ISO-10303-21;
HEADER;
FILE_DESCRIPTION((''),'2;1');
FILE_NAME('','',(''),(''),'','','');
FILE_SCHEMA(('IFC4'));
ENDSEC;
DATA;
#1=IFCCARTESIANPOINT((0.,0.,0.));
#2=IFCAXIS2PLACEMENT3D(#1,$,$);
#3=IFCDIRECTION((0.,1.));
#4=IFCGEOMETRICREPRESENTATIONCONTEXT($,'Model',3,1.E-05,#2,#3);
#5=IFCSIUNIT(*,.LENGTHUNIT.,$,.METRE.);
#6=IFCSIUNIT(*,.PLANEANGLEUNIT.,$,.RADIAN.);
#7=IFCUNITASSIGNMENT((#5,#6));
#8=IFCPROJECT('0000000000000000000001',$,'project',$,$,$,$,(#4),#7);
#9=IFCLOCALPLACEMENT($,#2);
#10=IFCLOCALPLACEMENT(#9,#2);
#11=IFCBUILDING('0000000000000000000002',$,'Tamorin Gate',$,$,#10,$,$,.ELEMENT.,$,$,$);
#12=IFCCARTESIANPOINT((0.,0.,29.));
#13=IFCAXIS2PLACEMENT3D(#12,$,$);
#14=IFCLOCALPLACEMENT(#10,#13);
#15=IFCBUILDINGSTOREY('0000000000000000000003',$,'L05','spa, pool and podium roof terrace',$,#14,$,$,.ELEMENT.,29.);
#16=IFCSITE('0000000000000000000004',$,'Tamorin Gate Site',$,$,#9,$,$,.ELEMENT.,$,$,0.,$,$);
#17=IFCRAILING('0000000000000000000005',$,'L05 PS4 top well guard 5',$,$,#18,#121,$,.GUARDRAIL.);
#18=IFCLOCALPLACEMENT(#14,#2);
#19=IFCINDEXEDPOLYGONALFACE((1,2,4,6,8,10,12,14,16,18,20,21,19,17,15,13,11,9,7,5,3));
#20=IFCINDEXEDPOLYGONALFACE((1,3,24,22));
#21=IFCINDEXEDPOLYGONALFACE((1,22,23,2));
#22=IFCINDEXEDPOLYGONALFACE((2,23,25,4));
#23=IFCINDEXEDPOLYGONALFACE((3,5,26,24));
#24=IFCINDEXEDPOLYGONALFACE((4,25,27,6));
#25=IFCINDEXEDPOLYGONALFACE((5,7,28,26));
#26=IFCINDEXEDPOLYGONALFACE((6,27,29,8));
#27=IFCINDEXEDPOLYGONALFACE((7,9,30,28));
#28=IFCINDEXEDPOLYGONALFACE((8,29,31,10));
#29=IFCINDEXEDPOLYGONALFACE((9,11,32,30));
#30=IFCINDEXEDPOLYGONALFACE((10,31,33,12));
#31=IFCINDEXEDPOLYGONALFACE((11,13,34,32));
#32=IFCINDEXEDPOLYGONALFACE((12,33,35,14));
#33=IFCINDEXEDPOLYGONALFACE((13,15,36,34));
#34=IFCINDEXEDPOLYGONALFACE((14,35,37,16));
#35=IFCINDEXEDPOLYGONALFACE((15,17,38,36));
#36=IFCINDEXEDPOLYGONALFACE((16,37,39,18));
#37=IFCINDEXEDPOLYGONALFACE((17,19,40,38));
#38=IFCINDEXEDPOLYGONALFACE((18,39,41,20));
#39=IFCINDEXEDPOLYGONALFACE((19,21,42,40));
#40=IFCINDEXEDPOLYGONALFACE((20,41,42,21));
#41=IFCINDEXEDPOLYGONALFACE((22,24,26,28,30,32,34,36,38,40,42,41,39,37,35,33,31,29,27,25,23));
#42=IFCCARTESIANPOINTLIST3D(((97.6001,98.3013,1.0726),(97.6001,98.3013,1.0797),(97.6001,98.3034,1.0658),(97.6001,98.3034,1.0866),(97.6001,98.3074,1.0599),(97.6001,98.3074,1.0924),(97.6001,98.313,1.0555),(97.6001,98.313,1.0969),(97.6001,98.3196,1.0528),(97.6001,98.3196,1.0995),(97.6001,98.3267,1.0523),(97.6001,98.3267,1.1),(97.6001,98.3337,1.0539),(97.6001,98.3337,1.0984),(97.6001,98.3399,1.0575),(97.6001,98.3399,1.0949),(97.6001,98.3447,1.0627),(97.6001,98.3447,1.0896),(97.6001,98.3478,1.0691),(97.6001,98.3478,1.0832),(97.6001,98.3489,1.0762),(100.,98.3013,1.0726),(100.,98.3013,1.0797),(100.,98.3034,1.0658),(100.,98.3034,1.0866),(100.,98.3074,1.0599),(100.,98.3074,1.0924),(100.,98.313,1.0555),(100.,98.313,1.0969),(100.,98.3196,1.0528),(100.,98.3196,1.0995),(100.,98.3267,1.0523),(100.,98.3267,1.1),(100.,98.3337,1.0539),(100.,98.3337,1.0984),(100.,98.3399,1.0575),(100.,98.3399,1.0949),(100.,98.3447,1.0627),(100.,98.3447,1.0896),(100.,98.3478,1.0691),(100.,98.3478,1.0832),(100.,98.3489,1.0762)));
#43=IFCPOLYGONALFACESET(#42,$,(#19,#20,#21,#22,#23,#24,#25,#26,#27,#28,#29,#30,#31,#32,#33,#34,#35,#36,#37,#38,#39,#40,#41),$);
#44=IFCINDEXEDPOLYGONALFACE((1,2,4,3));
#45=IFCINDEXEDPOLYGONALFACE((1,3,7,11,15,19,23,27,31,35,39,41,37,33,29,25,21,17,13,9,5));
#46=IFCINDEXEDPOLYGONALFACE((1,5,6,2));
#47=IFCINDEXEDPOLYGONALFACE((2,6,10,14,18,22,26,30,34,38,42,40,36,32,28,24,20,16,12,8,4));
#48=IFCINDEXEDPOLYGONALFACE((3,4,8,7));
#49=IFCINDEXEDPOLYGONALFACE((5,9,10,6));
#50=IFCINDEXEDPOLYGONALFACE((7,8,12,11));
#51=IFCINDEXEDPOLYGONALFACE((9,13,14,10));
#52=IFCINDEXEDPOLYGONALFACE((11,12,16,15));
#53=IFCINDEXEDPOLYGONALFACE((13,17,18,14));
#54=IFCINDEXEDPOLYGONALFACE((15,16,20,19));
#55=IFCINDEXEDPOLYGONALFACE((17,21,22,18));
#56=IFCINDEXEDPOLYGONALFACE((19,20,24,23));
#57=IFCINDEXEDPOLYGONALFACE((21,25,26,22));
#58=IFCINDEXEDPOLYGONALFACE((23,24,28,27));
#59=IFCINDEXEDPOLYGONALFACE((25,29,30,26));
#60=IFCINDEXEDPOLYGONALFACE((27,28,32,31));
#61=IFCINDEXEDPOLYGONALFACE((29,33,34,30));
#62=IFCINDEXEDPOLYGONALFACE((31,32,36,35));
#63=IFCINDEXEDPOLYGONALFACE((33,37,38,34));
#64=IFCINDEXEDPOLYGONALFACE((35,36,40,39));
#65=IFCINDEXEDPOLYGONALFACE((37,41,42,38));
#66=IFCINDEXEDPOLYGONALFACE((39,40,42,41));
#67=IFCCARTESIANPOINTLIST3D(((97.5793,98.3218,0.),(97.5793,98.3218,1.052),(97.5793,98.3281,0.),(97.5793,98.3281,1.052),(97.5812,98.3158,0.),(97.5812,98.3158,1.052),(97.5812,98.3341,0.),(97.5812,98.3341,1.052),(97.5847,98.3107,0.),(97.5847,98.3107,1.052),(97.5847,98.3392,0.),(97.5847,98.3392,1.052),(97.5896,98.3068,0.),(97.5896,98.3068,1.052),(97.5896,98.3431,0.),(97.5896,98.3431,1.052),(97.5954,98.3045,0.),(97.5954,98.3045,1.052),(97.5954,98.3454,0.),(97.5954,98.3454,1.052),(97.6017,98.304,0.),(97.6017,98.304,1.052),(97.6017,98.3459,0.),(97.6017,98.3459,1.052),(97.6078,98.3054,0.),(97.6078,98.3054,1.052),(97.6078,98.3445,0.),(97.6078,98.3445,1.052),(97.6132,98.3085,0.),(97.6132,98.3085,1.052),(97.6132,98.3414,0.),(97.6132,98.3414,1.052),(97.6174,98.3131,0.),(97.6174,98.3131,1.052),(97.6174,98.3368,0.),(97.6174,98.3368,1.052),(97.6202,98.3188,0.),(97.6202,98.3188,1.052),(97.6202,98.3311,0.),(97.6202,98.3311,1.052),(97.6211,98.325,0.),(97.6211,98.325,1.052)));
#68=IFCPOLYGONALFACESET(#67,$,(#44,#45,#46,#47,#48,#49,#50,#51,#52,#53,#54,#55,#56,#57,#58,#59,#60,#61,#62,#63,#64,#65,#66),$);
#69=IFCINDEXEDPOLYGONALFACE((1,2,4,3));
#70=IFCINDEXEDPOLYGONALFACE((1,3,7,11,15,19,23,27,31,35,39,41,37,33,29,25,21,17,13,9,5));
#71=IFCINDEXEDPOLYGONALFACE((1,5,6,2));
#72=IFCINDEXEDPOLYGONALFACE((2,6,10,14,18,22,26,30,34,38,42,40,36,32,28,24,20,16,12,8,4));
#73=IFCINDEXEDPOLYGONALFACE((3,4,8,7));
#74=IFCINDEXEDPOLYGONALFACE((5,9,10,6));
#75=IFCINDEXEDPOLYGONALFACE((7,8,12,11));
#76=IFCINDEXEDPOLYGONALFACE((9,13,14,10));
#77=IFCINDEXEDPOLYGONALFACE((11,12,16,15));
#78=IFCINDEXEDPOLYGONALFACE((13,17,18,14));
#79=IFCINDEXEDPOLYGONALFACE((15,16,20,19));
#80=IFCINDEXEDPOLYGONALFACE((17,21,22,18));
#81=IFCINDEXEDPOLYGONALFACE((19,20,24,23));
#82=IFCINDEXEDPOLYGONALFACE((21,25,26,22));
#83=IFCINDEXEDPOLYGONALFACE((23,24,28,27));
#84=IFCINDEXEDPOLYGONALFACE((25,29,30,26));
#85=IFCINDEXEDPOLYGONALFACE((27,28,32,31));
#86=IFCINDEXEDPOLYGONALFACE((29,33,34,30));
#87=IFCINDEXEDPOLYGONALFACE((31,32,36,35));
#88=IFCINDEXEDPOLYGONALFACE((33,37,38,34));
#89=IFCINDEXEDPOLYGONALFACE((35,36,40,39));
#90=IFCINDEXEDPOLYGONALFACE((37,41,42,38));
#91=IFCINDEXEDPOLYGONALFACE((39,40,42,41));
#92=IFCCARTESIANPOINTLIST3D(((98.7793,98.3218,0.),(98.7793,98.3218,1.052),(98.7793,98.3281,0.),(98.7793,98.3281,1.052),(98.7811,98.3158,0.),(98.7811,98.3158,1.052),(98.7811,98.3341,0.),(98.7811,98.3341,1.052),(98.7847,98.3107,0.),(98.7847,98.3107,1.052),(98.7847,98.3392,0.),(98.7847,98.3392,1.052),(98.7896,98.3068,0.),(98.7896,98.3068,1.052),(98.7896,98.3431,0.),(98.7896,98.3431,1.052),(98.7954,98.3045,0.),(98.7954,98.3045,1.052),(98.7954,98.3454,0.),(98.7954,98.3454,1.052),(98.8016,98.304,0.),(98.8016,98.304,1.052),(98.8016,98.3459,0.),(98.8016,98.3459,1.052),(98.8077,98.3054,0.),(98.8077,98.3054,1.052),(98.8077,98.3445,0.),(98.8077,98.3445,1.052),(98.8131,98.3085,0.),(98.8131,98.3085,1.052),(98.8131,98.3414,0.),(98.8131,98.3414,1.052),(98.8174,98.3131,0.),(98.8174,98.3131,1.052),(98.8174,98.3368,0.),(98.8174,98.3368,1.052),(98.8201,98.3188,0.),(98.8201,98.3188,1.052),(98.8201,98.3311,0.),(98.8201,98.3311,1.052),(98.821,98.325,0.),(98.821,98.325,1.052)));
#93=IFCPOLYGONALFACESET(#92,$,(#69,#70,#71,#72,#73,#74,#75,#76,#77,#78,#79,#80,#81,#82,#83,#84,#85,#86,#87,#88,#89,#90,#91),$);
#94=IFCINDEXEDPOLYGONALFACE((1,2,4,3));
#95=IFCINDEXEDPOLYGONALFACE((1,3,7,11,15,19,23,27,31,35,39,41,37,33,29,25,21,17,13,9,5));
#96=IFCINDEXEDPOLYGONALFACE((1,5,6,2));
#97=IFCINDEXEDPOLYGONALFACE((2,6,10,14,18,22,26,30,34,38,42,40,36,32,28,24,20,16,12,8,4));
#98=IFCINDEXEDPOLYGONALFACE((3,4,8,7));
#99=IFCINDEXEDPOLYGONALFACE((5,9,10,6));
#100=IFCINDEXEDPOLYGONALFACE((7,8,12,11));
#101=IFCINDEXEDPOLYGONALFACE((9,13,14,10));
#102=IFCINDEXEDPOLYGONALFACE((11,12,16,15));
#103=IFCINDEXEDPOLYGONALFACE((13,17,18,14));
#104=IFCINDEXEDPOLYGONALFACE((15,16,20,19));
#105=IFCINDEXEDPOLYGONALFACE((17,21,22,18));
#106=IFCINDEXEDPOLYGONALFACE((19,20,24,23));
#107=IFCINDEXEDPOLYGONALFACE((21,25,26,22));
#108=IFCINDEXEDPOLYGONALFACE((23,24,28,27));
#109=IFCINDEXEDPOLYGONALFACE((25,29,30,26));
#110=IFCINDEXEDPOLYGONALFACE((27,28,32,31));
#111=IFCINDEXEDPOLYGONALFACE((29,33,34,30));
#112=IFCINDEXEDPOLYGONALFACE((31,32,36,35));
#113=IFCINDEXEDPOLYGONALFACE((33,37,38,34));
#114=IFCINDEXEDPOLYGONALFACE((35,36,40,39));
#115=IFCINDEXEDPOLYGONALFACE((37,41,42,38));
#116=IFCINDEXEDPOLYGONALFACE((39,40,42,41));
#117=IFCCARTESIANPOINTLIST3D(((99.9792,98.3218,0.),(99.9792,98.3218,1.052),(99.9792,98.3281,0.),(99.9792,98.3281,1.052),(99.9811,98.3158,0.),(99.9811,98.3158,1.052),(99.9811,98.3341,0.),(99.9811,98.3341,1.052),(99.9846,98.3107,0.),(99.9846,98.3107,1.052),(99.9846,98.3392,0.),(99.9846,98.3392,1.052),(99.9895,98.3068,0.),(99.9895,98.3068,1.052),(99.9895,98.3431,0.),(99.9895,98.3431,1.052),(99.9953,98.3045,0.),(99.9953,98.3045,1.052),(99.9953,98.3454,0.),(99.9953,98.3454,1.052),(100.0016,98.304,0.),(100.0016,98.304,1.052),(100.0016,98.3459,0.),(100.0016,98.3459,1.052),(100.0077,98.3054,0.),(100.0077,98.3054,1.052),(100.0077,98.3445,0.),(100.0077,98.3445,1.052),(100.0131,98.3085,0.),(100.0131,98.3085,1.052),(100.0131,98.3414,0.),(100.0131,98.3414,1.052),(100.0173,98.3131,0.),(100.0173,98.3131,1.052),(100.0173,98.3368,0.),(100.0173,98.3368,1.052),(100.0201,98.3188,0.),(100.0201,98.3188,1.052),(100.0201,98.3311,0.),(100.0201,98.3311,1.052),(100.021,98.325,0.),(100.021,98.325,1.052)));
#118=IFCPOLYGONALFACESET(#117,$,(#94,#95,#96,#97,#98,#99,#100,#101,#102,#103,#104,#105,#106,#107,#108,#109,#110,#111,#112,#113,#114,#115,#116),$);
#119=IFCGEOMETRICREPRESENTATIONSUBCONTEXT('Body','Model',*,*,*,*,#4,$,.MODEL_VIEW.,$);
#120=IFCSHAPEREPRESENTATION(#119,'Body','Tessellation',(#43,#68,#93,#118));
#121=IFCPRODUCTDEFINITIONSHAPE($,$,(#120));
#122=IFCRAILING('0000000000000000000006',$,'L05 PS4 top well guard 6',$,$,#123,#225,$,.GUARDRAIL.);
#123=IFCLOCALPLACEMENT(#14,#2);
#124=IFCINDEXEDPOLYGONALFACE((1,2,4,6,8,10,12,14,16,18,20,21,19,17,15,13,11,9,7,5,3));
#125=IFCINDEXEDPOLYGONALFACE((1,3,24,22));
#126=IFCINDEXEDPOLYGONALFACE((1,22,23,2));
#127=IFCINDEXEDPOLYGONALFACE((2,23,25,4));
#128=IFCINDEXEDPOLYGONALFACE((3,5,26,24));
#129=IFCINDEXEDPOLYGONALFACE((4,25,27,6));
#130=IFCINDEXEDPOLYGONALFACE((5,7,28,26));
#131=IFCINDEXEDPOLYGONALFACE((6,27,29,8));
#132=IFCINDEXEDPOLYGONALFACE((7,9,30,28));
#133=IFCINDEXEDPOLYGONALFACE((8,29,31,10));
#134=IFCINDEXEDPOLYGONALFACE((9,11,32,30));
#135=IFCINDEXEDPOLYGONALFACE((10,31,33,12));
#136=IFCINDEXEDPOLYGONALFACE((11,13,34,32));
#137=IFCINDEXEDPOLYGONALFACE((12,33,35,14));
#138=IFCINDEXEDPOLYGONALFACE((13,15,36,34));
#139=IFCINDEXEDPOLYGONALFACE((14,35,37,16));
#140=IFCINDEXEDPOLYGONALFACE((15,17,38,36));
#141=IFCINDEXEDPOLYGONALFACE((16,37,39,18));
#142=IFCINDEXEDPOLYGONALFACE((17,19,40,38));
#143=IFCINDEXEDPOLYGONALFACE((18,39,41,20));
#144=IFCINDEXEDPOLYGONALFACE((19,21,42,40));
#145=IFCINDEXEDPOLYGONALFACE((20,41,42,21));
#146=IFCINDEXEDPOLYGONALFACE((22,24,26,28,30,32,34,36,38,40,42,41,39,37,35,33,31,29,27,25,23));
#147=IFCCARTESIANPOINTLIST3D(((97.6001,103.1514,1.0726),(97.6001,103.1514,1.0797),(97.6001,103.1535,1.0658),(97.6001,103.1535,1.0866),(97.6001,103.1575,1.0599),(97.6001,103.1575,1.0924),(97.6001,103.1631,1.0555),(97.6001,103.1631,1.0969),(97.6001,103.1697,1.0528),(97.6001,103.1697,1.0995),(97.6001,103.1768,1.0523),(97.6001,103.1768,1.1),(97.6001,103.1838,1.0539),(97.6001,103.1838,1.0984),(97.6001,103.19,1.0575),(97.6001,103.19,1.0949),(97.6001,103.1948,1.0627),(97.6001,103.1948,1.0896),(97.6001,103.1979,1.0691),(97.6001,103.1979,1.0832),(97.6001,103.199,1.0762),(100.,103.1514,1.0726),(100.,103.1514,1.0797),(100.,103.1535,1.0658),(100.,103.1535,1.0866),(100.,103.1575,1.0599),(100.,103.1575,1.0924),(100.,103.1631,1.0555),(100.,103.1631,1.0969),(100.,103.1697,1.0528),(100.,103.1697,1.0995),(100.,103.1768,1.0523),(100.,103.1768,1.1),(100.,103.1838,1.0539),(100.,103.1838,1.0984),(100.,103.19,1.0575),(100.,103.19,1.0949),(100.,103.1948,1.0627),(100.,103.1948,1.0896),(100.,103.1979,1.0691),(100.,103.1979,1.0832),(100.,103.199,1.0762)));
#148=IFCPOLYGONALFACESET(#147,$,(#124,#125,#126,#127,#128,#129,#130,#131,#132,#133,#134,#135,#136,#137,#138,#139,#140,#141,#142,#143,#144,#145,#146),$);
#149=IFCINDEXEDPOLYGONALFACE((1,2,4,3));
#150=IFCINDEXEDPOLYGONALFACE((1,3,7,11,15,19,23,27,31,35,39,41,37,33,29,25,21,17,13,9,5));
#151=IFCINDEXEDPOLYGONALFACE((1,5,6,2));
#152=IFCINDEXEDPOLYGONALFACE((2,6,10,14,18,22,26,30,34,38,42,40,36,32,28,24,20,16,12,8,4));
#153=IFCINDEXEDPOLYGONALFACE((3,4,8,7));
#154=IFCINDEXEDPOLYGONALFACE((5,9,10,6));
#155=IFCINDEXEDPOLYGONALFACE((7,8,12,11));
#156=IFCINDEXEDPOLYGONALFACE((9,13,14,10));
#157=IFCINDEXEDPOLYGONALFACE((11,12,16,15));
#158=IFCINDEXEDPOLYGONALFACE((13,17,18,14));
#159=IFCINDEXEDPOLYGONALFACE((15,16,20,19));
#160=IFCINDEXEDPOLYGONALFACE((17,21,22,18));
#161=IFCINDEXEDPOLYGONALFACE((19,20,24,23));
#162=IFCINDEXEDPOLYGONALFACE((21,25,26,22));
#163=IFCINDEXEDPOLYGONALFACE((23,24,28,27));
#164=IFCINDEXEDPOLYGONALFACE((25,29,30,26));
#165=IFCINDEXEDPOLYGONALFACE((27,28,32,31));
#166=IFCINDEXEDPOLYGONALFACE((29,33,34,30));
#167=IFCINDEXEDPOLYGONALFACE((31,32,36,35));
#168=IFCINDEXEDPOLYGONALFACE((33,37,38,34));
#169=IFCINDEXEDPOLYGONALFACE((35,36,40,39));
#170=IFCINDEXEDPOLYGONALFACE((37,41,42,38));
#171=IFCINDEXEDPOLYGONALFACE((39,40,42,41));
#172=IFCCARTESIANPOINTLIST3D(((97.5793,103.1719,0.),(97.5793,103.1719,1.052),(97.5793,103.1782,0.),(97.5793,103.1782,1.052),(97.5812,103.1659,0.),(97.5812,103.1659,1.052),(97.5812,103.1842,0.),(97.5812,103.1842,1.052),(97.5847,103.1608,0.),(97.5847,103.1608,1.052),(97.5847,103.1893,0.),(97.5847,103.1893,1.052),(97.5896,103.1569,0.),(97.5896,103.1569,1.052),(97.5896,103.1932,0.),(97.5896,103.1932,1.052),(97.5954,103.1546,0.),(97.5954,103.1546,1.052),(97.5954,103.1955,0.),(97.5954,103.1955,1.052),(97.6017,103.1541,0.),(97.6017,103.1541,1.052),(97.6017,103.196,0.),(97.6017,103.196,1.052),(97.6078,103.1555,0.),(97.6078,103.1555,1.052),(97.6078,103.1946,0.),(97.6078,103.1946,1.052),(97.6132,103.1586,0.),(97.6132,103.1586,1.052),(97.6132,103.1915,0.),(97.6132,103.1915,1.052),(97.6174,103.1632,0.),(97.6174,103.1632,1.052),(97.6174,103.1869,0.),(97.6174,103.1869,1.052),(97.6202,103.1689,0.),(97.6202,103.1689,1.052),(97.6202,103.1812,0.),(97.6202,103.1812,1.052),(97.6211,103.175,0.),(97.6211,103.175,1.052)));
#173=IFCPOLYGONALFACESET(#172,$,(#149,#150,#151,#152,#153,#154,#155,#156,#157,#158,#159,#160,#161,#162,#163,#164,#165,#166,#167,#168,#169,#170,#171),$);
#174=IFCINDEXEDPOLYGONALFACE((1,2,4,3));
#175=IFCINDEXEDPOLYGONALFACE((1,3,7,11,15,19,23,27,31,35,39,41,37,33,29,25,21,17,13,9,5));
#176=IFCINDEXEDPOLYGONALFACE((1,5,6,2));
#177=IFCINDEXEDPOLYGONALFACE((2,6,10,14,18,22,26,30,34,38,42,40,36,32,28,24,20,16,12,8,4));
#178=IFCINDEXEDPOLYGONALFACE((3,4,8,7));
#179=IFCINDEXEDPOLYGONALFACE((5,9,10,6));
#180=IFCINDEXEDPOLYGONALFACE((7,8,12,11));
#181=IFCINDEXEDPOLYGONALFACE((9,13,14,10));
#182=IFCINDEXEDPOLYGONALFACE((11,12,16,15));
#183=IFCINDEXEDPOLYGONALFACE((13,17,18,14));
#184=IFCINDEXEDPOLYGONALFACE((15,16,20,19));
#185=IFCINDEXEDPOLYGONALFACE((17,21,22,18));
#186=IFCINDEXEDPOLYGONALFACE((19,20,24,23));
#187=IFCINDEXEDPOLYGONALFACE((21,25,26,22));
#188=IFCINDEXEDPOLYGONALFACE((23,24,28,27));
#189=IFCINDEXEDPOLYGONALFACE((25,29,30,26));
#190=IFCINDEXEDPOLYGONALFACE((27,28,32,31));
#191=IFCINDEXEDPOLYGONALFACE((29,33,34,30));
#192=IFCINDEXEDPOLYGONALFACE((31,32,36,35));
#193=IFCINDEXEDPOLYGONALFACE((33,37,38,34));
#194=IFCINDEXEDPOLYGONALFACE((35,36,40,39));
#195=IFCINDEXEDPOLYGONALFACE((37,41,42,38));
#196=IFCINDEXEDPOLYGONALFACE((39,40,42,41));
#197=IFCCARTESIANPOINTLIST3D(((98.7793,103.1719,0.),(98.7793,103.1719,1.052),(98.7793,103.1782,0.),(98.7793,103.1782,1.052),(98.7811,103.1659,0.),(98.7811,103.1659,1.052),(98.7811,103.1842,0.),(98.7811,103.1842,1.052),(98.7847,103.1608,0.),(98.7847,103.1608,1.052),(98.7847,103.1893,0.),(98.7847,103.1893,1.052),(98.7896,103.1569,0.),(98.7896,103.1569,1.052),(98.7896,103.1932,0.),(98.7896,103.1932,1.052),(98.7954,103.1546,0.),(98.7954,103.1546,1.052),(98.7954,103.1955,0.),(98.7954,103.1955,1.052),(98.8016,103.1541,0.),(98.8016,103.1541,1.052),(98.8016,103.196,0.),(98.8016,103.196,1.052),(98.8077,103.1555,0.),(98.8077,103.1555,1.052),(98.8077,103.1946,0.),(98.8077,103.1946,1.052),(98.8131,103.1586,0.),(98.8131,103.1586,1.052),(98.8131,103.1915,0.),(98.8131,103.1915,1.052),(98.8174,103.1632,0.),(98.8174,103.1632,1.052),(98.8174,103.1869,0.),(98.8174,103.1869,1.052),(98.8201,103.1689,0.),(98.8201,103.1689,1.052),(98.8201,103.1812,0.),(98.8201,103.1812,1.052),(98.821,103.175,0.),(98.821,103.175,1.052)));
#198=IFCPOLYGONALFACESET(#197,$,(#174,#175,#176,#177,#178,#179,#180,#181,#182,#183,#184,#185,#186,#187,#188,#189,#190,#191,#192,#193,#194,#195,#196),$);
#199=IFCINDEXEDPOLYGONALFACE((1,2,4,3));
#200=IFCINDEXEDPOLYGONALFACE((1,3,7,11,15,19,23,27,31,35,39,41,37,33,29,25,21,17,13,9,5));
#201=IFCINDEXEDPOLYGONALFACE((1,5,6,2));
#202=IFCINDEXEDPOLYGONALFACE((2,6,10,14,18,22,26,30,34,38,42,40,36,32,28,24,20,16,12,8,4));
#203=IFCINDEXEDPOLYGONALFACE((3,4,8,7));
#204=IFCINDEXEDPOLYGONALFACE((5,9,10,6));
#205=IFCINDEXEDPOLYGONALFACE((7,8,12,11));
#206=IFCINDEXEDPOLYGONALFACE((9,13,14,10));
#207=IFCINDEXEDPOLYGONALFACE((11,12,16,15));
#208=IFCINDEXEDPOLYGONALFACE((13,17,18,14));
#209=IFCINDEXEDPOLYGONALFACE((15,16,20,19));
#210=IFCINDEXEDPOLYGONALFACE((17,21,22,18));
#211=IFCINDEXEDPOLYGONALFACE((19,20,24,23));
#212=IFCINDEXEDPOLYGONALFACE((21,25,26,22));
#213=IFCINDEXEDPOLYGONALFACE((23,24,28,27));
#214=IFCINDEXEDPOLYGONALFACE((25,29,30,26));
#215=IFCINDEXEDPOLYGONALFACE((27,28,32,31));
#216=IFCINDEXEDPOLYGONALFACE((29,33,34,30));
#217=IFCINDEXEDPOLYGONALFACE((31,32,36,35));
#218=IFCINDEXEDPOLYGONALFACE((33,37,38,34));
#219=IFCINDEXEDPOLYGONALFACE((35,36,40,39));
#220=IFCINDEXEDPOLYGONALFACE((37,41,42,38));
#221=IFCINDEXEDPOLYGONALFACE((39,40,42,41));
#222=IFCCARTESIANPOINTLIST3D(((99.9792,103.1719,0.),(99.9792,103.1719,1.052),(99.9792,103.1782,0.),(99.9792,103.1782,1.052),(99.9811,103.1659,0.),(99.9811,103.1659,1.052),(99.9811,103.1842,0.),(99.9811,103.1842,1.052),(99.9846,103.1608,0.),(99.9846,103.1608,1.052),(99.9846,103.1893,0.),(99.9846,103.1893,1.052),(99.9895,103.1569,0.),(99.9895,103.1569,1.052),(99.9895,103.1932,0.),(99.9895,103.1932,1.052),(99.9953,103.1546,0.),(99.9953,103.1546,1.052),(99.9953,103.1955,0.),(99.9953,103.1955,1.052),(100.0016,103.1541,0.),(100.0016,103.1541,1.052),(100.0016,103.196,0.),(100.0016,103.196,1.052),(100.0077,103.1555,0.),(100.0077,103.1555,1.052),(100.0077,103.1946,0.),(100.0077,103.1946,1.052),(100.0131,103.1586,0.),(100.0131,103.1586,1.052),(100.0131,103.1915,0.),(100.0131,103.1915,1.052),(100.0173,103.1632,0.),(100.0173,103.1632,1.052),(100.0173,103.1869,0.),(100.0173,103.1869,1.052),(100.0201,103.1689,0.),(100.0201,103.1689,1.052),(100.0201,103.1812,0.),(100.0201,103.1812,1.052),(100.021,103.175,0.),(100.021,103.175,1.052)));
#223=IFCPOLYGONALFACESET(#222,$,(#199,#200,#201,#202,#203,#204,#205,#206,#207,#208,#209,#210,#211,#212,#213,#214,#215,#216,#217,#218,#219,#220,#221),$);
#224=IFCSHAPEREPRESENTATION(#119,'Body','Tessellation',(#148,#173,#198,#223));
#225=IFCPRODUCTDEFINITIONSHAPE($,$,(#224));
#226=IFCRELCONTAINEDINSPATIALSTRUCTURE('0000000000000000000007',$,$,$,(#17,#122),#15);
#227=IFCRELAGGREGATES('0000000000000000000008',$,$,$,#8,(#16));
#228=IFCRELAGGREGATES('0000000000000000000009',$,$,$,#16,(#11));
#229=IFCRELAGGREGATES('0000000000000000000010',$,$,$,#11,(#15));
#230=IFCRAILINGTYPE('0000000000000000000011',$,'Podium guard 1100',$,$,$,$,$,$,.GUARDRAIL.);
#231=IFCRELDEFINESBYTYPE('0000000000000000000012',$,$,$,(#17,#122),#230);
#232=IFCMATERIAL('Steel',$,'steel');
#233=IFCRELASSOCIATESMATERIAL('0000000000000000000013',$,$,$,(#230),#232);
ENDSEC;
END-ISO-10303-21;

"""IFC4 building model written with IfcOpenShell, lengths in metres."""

from ifc_helpers import new_model, si_unit, direction, frame, origin, origin_2d, place, context, subcontext, project, spatial, circle, extrude, material, type_object, element, save


model = new_model("IFC4")

# Units and contexts
model_context = context("Model", 3, precision=1e-05, world=origin(), true_north=direction((0.0, 1.0)))
body_context = subcontext(model_context, "Body", "Model", "MODEL_VIEW")
ifc_project = project(units=[si_unit("LENGTHUNIT", "METRE"), si_unit("PLANEANGLEUNIT", "RADIAN")], contexts=[model_context])

# Site, building, storey
site_placement = place(None, origin())
site = spatial("IfcSite", under=ifc_project, at=site_placement, Name="Tamorin Gate Site", CompositionType="ELEMENT", RefElevation=0.0)
building_placement = place(site_placement, origin())
building = spatial("IfcBuilding", under=site, at=building_placement, Name="Tamorin Gate", CompositionType="ELEMENT")
storey_placement = place(building_placement, frame((0.0, 0.0, 29.0)))
storey = spatial("IfcBuildingStorey", under=building, at=storey_placement, Name="L05", Description="spa, pool and podium roof terrace", CompositionType="ELEMENT", Elevation=29.0)

# Railings
ifc_material_1 = material(Name="Steel", Category="steel")
railing_type = type_object("IfcRailingType", Name="Podium guard 1100", PredefinedType="GUARDRAIL", material=ifc_material_1)
for number, where, name in (
    (1, (97.6001, 98.325, 0.0), "L05 PS4 top well guard 5"),
    (2, (97.6001, 103.175, 0.0), "L05 PS4 top well guard 6"),
):
    element("IfcRailing", number, at=place(storey_placement, frame(where)), inside=storey, type_object=railing_type, Name=name, PredefinedType="GUARDRAIL", context=body_context, shape_type="SweptSolid", body=[
        extrude(circle(Radius=0.0239, at=origin_2d()), frame((0.0, 0.0, 1.0762), z_axis=(1.0, 0.0, 0.0), x_axis=(0.0, 1.0, 0.0)), (0.0, 0.0, 1.0), 2.3999),
        extrude(circle(Radius=0.021, at=origin_2d()), origin(), (0.0, 0.0, 1.0), 1.052),
        extrude(circle(Radius=0.021, at=origin_2d()), frame((1.2, 0.0, 0.0)), (0.0, 0.0, 1.0), 1.052),
        extrude(circle(Radius=0.021, at=origin_2d()), frame((2.3999, 0.0, 0.0)), (0.0, 0.0, 1.0), 1.052),
    ])

save(model, "model.ifc")
